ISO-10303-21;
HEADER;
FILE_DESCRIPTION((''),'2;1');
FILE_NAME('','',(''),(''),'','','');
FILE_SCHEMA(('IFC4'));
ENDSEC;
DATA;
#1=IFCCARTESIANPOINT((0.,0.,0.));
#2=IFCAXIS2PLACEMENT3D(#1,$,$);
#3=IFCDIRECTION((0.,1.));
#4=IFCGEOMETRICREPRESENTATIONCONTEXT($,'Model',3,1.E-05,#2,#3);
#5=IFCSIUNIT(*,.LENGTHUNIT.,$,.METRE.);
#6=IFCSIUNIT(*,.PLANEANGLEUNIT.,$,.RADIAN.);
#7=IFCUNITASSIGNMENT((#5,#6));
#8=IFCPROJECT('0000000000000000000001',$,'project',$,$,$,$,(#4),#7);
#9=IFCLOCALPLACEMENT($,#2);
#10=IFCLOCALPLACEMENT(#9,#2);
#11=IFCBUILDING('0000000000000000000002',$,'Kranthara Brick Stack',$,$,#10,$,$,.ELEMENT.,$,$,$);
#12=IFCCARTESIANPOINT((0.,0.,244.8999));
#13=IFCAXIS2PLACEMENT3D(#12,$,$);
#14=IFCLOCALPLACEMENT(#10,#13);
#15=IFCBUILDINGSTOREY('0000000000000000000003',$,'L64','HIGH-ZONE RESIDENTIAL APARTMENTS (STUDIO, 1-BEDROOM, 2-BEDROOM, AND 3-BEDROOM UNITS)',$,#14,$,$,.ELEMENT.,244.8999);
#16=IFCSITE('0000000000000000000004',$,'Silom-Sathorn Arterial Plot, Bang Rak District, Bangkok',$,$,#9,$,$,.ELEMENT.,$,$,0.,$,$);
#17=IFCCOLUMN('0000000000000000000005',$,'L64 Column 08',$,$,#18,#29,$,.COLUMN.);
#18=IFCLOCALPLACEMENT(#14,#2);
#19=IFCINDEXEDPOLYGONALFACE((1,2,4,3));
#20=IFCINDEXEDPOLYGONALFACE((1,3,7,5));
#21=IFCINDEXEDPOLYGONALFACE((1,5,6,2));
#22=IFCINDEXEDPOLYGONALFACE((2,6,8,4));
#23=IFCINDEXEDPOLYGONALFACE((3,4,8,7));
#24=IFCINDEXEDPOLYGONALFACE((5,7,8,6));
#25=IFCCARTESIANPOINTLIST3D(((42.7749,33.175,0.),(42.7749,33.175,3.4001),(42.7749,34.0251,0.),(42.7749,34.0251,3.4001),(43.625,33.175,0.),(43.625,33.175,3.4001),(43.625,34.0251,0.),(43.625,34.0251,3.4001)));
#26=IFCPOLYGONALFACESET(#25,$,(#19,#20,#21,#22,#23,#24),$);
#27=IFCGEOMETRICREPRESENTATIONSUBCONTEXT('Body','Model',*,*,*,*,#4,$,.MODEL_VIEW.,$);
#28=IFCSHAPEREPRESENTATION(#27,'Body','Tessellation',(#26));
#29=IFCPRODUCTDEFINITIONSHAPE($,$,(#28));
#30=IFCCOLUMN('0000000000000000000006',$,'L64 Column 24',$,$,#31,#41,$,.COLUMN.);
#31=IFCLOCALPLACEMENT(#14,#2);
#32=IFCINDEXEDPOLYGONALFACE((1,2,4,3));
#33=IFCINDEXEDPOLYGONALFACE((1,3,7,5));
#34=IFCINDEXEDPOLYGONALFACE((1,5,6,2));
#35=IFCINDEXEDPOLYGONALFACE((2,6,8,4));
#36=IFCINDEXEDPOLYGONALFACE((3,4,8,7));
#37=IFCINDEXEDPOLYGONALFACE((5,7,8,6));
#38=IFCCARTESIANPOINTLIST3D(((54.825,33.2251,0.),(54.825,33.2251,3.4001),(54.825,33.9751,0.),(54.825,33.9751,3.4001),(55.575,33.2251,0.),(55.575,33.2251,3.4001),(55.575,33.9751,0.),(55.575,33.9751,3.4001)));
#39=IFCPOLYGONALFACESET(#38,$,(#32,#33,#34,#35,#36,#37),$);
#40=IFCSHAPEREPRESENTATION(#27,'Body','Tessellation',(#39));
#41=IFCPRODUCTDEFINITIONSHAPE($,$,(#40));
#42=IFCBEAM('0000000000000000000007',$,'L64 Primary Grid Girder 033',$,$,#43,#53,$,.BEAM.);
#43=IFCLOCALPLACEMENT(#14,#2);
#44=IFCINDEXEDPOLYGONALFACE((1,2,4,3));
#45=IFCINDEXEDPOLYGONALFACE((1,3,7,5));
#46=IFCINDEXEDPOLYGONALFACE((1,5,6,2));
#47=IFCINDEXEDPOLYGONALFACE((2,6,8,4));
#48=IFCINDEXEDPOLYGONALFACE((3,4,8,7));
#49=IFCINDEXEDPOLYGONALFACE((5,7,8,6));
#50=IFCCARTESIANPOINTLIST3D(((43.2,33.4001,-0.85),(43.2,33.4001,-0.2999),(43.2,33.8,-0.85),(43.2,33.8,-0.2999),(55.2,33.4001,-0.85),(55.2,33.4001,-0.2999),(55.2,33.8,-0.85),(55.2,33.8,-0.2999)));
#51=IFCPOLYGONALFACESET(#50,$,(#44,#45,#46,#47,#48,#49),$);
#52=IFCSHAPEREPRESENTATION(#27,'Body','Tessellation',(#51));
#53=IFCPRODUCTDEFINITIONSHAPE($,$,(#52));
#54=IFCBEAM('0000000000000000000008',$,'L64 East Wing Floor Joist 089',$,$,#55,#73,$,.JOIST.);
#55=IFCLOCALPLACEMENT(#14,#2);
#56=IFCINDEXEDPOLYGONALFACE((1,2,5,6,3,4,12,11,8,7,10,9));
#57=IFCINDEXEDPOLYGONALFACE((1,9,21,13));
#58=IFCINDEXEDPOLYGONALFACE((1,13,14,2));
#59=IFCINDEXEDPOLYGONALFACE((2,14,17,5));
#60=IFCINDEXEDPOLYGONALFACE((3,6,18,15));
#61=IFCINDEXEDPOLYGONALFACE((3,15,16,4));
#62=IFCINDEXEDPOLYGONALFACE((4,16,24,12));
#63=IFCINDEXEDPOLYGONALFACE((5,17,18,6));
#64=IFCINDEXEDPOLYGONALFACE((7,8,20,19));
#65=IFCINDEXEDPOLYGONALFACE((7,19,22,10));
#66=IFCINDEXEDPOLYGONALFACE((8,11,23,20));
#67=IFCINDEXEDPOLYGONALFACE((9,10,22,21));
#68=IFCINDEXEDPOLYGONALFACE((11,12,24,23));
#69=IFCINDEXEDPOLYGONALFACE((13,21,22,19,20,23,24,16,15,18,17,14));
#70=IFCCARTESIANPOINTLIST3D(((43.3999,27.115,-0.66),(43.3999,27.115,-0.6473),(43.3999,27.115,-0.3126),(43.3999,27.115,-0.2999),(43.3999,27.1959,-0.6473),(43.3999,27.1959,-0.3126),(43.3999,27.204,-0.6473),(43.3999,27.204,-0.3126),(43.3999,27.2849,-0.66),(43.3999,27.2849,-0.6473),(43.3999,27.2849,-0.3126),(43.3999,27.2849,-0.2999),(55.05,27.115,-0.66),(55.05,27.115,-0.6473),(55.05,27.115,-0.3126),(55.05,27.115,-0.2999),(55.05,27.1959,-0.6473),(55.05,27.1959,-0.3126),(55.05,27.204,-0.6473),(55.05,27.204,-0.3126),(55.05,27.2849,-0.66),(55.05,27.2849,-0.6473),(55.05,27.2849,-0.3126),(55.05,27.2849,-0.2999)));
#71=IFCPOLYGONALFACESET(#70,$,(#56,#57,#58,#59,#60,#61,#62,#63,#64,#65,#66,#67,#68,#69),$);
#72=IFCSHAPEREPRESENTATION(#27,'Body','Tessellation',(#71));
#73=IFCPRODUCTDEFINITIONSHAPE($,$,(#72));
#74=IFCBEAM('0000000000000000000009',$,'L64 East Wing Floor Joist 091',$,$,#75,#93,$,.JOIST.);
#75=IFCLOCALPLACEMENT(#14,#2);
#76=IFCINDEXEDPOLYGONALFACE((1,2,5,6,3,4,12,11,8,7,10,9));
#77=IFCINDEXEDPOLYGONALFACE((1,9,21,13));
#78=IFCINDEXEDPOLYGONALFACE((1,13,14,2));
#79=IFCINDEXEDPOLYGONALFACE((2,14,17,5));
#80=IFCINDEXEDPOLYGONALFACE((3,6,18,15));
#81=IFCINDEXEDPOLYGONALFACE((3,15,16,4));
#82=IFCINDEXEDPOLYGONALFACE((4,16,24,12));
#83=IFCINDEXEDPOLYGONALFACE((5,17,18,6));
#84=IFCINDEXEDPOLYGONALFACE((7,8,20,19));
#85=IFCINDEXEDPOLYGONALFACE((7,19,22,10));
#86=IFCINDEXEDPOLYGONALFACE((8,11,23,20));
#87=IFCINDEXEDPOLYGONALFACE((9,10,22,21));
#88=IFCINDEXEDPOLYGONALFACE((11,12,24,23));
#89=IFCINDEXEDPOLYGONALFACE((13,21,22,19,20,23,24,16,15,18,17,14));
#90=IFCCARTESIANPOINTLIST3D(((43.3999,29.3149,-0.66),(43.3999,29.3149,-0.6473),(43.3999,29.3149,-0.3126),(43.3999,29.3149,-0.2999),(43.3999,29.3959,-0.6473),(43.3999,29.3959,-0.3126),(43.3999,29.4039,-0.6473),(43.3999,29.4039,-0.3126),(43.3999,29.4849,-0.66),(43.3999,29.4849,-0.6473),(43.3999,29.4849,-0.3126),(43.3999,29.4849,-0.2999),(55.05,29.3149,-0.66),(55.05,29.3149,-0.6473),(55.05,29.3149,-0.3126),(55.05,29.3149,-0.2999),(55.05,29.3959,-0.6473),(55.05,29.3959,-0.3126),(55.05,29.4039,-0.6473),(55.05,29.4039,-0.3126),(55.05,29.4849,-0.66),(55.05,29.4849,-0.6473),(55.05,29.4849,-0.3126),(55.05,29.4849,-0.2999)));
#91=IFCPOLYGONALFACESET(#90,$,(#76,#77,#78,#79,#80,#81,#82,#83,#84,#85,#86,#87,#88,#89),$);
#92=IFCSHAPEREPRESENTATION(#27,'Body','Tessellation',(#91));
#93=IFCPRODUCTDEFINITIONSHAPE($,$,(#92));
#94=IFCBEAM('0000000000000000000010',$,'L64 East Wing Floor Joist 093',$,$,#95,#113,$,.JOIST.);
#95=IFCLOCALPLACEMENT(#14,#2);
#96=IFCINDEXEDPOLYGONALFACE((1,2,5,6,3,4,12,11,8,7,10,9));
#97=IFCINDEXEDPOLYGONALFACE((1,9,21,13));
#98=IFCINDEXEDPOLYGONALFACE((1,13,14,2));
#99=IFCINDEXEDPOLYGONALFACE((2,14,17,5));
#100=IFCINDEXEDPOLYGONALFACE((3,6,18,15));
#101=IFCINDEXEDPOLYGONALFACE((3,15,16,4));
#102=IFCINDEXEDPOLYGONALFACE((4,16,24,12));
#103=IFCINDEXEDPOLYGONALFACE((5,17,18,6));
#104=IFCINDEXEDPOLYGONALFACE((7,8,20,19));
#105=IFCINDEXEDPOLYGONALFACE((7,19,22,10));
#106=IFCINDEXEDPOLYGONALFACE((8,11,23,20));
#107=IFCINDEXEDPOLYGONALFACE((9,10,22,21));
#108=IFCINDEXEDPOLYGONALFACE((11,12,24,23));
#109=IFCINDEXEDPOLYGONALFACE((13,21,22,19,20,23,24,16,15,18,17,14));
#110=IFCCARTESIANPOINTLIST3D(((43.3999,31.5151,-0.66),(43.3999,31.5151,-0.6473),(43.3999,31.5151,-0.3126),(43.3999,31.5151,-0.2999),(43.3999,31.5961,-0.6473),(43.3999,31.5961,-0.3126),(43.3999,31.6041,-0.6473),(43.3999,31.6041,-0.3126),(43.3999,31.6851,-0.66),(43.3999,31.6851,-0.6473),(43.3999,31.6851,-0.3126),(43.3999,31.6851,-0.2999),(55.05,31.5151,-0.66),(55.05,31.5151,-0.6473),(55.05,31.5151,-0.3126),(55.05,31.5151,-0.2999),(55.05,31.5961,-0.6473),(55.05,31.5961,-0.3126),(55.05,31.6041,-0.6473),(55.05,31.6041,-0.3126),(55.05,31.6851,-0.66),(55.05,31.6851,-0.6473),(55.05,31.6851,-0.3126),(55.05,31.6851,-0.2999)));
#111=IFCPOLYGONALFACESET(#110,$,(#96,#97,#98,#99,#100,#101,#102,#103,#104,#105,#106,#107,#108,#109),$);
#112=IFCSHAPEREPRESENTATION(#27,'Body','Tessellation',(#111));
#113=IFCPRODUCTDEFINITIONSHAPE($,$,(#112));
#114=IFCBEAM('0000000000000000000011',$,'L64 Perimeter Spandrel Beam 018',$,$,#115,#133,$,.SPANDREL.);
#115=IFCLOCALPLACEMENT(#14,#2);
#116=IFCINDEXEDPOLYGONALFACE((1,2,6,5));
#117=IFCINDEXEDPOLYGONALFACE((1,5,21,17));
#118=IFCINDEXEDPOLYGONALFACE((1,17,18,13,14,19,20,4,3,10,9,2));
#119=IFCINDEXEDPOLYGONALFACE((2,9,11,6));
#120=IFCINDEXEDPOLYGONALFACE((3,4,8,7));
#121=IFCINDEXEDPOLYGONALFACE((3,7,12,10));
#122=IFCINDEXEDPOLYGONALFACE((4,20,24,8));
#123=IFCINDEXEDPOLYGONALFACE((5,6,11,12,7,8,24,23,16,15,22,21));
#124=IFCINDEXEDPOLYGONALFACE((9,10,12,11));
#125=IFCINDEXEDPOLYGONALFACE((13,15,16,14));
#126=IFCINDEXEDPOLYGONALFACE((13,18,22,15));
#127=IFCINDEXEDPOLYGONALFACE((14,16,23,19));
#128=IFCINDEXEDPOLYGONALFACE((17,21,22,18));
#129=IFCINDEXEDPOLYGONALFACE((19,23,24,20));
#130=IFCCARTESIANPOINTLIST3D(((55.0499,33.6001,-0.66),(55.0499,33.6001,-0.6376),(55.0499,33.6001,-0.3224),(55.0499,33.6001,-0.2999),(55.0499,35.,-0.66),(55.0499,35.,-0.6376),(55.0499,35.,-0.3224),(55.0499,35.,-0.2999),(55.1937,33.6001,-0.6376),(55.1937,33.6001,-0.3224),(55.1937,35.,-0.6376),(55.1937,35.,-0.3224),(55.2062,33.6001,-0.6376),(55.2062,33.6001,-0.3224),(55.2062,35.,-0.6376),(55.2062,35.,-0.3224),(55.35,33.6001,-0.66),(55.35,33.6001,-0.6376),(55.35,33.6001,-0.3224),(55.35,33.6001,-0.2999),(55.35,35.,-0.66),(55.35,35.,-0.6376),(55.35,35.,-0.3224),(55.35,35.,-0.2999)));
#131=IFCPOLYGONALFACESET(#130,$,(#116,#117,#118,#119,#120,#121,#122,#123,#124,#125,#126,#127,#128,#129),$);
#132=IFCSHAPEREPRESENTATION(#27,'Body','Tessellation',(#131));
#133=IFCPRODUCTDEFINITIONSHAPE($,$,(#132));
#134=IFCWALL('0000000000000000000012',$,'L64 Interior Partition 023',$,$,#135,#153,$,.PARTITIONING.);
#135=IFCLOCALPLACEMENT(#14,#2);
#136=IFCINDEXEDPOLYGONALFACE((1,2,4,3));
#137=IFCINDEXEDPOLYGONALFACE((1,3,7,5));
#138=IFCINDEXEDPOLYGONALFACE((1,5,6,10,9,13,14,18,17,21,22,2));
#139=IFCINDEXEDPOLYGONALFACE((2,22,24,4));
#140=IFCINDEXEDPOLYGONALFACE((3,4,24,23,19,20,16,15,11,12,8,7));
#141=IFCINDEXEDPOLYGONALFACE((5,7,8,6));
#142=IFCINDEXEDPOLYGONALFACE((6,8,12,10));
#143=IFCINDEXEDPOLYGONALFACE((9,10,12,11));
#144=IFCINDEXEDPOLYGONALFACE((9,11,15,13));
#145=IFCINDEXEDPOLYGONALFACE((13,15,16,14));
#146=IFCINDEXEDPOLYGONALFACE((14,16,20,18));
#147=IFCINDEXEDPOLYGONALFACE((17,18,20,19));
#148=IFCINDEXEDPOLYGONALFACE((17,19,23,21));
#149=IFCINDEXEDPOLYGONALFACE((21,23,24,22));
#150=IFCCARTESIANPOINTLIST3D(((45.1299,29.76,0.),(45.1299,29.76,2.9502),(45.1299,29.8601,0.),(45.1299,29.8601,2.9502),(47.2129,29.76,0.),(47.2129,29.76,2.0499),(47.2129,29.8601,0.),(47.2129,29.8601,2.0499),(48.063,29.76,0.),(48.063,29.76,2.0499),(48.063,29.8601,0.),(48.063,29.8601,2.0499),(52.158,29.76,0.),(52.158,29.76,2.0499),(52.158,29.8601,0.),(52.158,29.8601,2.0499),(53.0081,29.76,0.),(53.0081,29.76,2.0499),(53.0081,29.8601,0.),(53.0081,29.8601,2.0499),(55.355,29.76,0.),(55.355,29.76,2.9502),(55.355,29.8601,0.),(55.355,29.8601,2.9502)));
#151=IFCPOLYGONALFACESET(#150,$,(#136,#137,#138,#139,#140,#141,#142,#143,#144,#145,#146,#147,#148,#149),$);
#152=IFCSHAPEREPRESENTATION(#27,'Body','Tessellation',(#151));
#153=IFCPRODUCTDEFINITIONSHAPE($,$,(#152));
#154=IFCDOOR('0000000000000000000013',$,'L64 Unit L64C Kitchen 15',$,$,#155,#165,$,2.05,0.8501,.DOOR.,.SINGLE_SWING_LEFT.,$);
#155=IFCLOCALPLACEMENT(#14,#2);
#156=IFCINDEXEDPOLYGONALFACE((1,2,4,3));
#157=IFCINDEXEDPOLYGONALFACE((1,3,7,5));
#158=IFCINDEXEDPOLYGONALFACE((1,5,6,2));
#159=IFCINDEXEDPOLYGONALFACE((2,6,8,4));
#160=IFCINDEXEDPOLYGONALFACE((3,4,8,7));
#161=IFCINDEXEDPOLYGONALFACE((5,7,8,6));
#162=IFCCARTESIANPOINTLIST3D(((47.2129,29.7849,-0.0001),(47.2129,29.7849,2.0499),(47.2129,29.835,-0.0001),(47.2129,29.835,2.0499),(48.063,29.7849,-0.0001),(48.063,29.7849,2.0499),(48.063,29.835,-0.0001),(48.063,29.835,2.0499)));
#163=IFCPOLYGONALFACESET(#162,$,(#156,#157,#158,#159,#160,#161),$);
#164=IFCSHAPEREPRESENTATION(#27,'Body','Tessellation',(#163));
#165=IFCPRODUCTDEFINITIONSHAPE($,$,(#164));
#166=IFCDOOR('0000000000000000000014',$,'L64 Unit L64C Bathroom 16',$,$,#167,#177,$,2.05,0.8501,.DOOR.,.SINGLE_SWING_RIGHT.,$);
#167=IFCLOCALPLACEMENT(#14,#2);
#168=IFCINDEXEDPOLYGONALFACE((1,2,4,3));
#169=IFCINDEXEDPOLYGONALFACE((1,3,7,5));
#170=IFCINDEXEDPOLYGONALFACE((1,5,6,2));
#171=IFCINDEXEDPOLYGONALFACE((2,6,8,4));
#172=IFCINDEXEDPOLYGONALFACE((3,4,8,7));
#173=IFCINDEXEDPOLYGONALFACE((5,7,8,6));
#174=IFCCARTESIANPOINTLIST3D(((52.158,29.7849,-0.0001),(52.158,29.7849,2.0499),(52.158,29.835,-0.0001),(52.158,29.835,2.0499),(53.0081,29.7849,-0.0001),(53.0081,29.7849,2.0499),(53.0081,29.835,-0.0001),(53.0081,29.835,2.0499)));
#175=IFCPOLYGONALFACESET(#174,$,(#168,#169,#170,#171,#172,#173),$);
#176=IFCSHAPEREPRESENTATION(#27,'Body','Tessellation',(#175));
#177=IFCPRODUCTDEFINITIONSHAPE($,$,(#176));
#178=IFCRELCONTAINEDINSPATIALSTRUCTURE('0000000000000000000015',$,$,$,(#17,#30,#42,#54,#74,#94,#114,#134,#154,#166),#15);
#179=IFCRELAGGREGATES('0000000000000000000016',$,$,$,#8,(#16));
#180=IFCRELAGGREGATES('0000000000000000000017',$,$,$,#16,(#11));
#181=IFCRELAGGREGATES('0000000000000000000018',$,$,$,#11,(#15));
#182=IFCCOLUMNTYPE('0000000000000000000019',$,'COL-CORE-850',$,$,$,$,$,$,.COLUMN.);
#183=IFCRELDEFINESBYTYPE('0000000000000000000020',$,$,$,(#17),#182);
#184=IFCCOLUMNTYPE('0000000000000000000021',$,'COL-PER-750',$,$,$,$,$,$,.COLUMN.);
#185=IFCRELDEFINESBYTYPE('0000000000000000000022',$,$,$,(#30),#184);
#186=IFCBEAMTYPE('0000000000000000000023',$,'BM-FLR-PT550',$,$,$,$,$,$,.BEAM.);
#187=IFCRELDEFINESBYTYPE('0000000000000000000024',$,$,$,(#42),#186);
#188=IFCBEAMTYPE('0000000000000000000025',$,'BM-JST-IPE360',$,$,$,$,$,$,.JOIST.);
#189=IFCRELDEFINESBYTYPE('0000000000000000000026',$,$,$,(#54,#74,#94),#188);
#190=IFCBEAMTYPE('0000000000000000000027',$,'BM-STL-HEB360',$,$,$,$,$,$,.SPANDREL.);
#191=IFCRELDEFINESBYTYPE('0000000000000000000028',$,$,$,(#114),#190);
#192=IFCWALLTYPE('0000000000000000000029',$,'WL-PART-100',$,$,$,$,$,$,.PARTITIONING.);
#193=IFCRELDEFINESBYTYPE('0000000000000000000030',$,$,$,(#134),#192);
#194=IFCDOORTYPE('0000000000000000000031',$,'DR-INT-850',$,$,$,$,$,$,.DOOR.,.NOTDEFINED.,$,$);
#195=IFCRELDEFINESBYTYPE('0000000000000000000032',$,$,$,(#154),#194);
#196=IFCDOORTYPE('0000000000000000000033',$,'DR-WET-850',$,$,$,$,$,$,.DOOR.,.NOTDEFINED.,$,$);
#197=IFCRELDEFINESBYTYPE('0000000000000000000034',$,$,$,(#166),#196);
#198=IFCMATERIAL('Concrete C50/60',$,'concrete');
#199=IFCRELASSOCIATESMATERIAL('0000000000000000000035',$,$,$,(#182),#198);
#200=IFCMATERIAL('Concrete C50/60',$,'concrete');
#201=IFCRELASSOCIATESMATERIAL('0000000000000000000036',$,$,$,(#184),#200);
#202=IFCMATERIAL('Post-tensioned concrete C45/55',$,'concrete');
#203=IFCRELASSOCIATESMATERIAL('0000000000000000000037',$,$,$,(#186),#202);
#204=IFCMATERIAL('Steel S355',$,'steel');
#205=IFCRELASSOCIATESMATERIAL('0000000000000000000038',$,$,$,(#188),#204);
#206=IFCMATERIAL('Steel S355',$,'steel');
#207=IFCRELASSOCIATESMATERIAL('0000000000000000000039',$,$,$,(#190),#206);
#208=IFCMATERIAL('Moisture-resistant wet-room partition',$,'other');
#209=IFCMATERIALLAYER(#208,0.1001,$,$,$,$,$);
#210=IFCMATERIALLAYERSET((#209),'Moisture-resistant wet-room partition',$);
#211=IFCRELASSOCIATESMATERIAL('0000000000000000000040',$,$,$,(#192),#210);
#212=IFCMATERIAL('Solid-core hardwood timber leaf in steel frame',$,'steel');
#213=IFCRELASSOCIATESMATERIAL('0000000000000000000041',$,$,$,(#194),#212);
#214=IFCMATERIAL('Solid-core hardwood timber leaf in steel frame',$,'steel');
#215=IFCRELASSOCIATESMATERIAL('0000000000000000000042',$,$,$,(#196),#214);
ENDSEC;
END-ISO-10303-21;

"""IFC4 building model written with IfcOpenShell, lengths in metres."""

from ifc_helpers import new_model, si_unit, direction, frame, frame_2d, origin, origin_2d, place, context, subcontext, project, spatial, rectangle, i_section, extrude, material, layer, layer_set, material_profile, profile_set, type_object, element, fill, save


model = new_model("IFC4")

# Units and contexts
model_context = context("Model", 3, precision=1e-05, world=origin(), true_north=direction((0.0, 1.0)))
body_context = subcontext(model_context, "Body", "Model", "MODEL_VIEW")
ifc_project = project(units=[si_unit("LENGTHUNIT", "METRE"), si_unit("PLANEANGLEUNIT", "RADIAN")], contexts=[model_context])

# Site, building, storey
site_placement = place(None, origin())
site = spatial("IfcSite", under=ifc_project, at=site_placement, Name="Silom-Sathorn Arterial Plot, Bang Rak District, Bangkok", CompositionType="ELEMENT", RefElevation=0.0)
building_placement = place(site_placement, origin())
building = spatial("IfcBuilding", under=site, at=building_placement, Name="Kranthara Brick Stack", CompositionType="ELEMENT")
storey_placement = place(building_placement, frame((0.0, 0.0, 244.8999)))
storey = spatial("IfcBuildingStorey", under=building, at=storey_placement, Name="L64", Description="HIGH-ZONE RESIDENTIAL APARTMENTS (STUDIO, 1-BEDROOM, 2-BEDROOM, AND 3-BEDROOM UNITS)", CompositionType="ELEMENT", Elevation=244.8999)

# Columns
ifc_material_1 = material(Name="Concrete C50/60", Category="concrete")
ifc_material_profile_1 = material_profile(ifc_material_1, rectangle(XDim=0.8501, YDim=0.8501, at=origin_2d()), Name="RC 850x850")
ifc_profile_set_1 = profile_set([ifc_material_profile_1], Name="Concrete C50/60")
column_type_1 = type_object("IfcColumnType", Name="COL-CORE-850", PredefinedType="COLUMN", material=ifc_profile_set_1)
column_1_placement = place(storey_placement, frame((43.2, 33.6001, 0.0), z_axis=(0.0, 0.0, 1.0), x_axis=(1.0, 0.0, 0.0)))
element("IfcColumn", 1, at=column_1_placement, inside=storey, type_object=column_type_1, Name="L64 Column 08", PredefinedType="COLUMN", context=body_context, shape_type="SweptSolid", body=[
    extrude(rectangle(XDim=0.8501, YDim=0.8501, at=origin_2d()), origin(), (0.0, 0.0, 1.0), 3.4001),
])
ifc_material_2 = material(Name="Concrete C50/60", Category="concrete")
ifc_material_profile_2 = material_profile(ifc_material_2, rectangle(XDim=0.75, YDim=0.75, at=origin_2d()), Name="RC 750x750")
ifc_profile_set_2 = profile_set([ifc_material_profile_2], Name="Concrete C50/60")
column_type_2 = type_object("IfcColumnType", Name="COL-PER-750", PredefinedType="COLUMN", material=ifc_profile_set_2)
column_2_placement = place(storey_placement, frame((55.2, 33.6001, 0.0), z_axis=(0.0, 0.0, 1.0), x_axis=(1.0, 0.0, 0.0)))
element("IfcColumn", 2, at=column_2_placement, inside=storey, type_object=column_type_2, Name="L64 Column 24", PredefinedType="COLUMN", context=body_context, shape_type="SweptSolid", body=[
    extrude(rectangle(XDim=0.75, YDim=0.75, at=origin_2d()), origin(), (0.0, 0.0, 1.0), 3.4001),
])

# Beams
ifc_material_3 = material(Name="Post-tensioned concrete C45/55", Category="concrete")
ifc_material_profile_3 = material_profile(ifc_material_3, rectangle(XDim=0.3999, YDim=0.55, at=origin_2d()), Name="PT 400x550")
ifc_profile_set_3 = profile_set([ifc_material_profile_3], Name="Post-tensioned concrete C45/55")
beam_type_1 = type_object("IfcBeamType", Name="BM-FLR-PT550", PredefinedType="BEAM", material=ifc_profile_set_3)
beam_1_placement = place(storey_placement, frame((43.2, 33.6001, -0.575), z_axis=(1.0, 0.0, 0.0), x_axis=(0.0, 1.0, 0.0)))
element("IfcBeam", 3, at=beam_1_placement, inside=storey, type_object=beam_type_1, Name="L64 Primary Grid Girder 033", PredefinedType="BEAM", context=body_context, shape_type="SweptSolid", body=[
    extrude(rectangle(XDim=0.3999, YDim=0.55, at=origin_2d()), origin(), (0.0, 0.0, 1.0), 12.0),
])
ifc_material_4 = material(Name="Steel S355", Category="steel")
ifc_material_profile_4 = material_profile(ifc_material_4, i_section(OverallWidth=0.1699, OverallDepth=0.3601, WebThickness=0.0081, FlangeThickness=0.0127, at=origin_2d()), Name="IPE 360")
ifc_profile_set_4 = profile_set([ifc_material_profile_4], Name="Steel S355")
beam_type_2 = type_object("IfcBeamType", Name="BM-JST-IPE360", PredefinedType="JOIST", material=ifc_profile_set_4)
for number, where, z_axis, x_axis, name in (
    (4, (43.3999, 27.2, -0.48), (1.0, 0.0, 0.0), (0.0, 1.0, 0.0), "L64 East Wing Floor Joist 089"),
    (5, (43.3999, 29.3999, -0.48), (1.0, 0.0, 0.0), (0.0, 1.0, 0.0), "L64 East Wing Floor Joist 091"),
    (6, (43.3999, 31.6001, -0.48), (1.0, 0.0, 0.0), (0.0, 1.0, 0.0), "L64 East Wing Floor Joist 093"),
):
    element("IfcBeam", number, at=place(storey_placement, frame(where, z_axis=z_axis, x_axis=x_axis)), inside=storey, type_object=beam_type_2, Name=name, PredefinedType="JOIST", context=body_context, shape_type="SweptSolid", body=[
        extrude(i_section(OverallWidth=0.1699, OverallDepth=0.3601, WebThickness=0.0081, FlangeThickness=0.0127, at=origin_2d()), origin(), (0.0, 0.0, 1.0), 11.6501),
    ])
ifc_material_5 = material(Name="Steel S355", Category="steel")
ifc_material_profile_5 = material_profile(ifc_material_5, i_section(OverallWidth=0.3, OverallDepth=0.3601, WebThickness=0.0125, FlangeThickness=0.0225, at=origin_2d()), Name="HEB 360")
ifc_profile_set_5 = profile_set([ifc_material_profile_5], Name="Steel S355")
beam_type_3 = type_object("IfcBeamType", Name="BM-STL-HEB360", PredefinedType="SPANDREL", material=ifc_profile_set_5)
beam_2_placement = place(storey_placement, frame((55.2, 33.6001, -0.48), z_axis=(0.0, 1.0, 0.0), x_axis=(-1.0, 0.0, 0.0)))
element("IfcBeam", 7, at=beam_2_placement, inside=storey, type_object=beam_type_3, Name="L64 Perimeter Spandrel Beam 018", PredefinedType="SPANDREL", context=body_context, shape_type="SweptSolid", body=[
    extrude(i_section(OverallWidth=0.3, OverallDepth=0.3601, WebThickness=0.0125, FlangeThickness=0.0225, at=origin_2d()), origin(), (0.0, 0.0, 1.0), 1.3999),
])

# Wall, openings, doors
ifc_material_6 = material(Name="Moisture-resistant wet-room partition", Category="other")
ifc_layer_1 = layer(ifc_material_6, 0.1001)
ifc_layer_set_1 = layer_set([ifc_layer_1], Name="Moisture-resistant wet-room partition")
wall_type_1 = type_object("IfcWallType", Name="WL-PART-100", PredefinedType="PARTITIONING", material=ifc_layer_set_1)
wall_1_placement = place(storey_placement, frame((45.1299, 29.8101, 0.0), z_axis=(0.0, 0.0, 1.0), x_axis=(1.0, 0.0, 0.0)))
wall_1 = element("IfcWall", 8, at=wall_1_placement, inside=storey, type_object=wall_type_1, Name="L64 Interior Partition 023", PredefinedType="PARTITIONING", context=body_context, shape_type="SweptSolid", body=[
    extrude(rectangle(XDim=10.2251, YDim=0.1001, at=frame_2d((5.1125, 0.0))), origin(), (0.0, 0.0, 1.0), 2.9502),
])
opening_1_placement = place(wall_1_placement, frame((2.083, 0.0, 0.0)))
opening_1 = element("IfcOpeningElement", 9, at=opening_1_placement, cuts=wall_1, PredefinedType="OPENING", context=body_context, shape_type="SweptSolid", body=[
    extrude(rectangle(XDim=0.8501, YDim=2.05, at=frame_2d((0.425, 1.0249))), frame((0.0, 0.0601, 0.0), z_axis=(0.0, -1.0, 0.0), x_axis=(1.0, 0.0, 0.0)), (0.0, 0.0, 1.0), 0.1201),
])
opening_2_placement = place(wall_1_placement, frame((7.0281, 0.0, 0.0)))
opening_2 = element("IfcOpeningElement", 10, at=opening_2_placement, cuts=wall_1, PredefinedType="OPENING", context=body_context, shape_type="SweptSolid", body=[
    extrude(rectangle(XDim=0.8501, YDim=2.05, at=frame_2d((0.425, 1.0249))), frame((0.0, 0.0601, 0.0), z_axis=(0.0, -1.0, 0.0), x_axis=(1.0, 0.0, 0.0)), (0.0, 0.0, 1.0), 0.1201),
])
ifc_material_7 = material(Name="Solid-core hardwood timber leaf in steel frame", Category="steel")
door_type_1 = type_object("IfcDoorType", Name="DR-INT-850", OperationType="NOTDEFINED", PredefinedType="DOOR", material=ifc_material_7)
door_1_placement = place(opening_1_placement, origin())
door_1 = element("IfcDoor", 11, at=door_1_placement, inside=storey, type_object=door_type_1, Name="L64 Unit L64C Kitchen 15", OperationType="SINGLE_SWING_LEFT", OverallHeight=2.05, OverallWidth=0.8501, PredefinedType="DOOR", context=body_context, shape_type="SweptSolid", body=[
    extrude(rectangle(XDim=0.8501, YDim=2.05, at=frame_2d((0.425, 1.0249))), frame((0.0, 0.0249, 0.0), z_axis=(0.0, -1.0, 0.0), x_axis=(1.0, 0.0, 0.0)), (0.0, 0.0, 1.0), 0.05),
])
fill(opening_1, door_1)
ifc_material_8 = material(Name="Solid-core hardwood timber leaf in steel frame", Category="steel")
door_type_2 = type_object("IfcDoorType", Name="DR-WET-850", OperationType="NOTDEFINED", PredefinedType="DOOR", material=ifc_material_8)
door_2_placement = place(opening_2_placement, origin())
door_2 = element("IfcDoor", 12, at=door_2_placement, inside=storey, type_object=door_type_2, Name="L64 Unit L64C Bathroom 16", OperationType="SINGLE_SWING_RIGHT", OverallHeight=2.05, OverallWidth=0.8501, PredefinedType="DOOR", context=body_context, shape_type="SweptSolid", body=[
    extrude(rectangle(XDim=0.8501, YDim=2.05, at=frame_2d((0.425, 1.0249))), frame((0.0, 0.0249, 0.0), z_axis=(0.0, -1.0, 0.0), x_axis=(1.0, 0.0, 0.0)), (0.0, 0.0, 1.0), 0.05),
])
fill(opening_2, door_2)

save(model, "model.ifc")
